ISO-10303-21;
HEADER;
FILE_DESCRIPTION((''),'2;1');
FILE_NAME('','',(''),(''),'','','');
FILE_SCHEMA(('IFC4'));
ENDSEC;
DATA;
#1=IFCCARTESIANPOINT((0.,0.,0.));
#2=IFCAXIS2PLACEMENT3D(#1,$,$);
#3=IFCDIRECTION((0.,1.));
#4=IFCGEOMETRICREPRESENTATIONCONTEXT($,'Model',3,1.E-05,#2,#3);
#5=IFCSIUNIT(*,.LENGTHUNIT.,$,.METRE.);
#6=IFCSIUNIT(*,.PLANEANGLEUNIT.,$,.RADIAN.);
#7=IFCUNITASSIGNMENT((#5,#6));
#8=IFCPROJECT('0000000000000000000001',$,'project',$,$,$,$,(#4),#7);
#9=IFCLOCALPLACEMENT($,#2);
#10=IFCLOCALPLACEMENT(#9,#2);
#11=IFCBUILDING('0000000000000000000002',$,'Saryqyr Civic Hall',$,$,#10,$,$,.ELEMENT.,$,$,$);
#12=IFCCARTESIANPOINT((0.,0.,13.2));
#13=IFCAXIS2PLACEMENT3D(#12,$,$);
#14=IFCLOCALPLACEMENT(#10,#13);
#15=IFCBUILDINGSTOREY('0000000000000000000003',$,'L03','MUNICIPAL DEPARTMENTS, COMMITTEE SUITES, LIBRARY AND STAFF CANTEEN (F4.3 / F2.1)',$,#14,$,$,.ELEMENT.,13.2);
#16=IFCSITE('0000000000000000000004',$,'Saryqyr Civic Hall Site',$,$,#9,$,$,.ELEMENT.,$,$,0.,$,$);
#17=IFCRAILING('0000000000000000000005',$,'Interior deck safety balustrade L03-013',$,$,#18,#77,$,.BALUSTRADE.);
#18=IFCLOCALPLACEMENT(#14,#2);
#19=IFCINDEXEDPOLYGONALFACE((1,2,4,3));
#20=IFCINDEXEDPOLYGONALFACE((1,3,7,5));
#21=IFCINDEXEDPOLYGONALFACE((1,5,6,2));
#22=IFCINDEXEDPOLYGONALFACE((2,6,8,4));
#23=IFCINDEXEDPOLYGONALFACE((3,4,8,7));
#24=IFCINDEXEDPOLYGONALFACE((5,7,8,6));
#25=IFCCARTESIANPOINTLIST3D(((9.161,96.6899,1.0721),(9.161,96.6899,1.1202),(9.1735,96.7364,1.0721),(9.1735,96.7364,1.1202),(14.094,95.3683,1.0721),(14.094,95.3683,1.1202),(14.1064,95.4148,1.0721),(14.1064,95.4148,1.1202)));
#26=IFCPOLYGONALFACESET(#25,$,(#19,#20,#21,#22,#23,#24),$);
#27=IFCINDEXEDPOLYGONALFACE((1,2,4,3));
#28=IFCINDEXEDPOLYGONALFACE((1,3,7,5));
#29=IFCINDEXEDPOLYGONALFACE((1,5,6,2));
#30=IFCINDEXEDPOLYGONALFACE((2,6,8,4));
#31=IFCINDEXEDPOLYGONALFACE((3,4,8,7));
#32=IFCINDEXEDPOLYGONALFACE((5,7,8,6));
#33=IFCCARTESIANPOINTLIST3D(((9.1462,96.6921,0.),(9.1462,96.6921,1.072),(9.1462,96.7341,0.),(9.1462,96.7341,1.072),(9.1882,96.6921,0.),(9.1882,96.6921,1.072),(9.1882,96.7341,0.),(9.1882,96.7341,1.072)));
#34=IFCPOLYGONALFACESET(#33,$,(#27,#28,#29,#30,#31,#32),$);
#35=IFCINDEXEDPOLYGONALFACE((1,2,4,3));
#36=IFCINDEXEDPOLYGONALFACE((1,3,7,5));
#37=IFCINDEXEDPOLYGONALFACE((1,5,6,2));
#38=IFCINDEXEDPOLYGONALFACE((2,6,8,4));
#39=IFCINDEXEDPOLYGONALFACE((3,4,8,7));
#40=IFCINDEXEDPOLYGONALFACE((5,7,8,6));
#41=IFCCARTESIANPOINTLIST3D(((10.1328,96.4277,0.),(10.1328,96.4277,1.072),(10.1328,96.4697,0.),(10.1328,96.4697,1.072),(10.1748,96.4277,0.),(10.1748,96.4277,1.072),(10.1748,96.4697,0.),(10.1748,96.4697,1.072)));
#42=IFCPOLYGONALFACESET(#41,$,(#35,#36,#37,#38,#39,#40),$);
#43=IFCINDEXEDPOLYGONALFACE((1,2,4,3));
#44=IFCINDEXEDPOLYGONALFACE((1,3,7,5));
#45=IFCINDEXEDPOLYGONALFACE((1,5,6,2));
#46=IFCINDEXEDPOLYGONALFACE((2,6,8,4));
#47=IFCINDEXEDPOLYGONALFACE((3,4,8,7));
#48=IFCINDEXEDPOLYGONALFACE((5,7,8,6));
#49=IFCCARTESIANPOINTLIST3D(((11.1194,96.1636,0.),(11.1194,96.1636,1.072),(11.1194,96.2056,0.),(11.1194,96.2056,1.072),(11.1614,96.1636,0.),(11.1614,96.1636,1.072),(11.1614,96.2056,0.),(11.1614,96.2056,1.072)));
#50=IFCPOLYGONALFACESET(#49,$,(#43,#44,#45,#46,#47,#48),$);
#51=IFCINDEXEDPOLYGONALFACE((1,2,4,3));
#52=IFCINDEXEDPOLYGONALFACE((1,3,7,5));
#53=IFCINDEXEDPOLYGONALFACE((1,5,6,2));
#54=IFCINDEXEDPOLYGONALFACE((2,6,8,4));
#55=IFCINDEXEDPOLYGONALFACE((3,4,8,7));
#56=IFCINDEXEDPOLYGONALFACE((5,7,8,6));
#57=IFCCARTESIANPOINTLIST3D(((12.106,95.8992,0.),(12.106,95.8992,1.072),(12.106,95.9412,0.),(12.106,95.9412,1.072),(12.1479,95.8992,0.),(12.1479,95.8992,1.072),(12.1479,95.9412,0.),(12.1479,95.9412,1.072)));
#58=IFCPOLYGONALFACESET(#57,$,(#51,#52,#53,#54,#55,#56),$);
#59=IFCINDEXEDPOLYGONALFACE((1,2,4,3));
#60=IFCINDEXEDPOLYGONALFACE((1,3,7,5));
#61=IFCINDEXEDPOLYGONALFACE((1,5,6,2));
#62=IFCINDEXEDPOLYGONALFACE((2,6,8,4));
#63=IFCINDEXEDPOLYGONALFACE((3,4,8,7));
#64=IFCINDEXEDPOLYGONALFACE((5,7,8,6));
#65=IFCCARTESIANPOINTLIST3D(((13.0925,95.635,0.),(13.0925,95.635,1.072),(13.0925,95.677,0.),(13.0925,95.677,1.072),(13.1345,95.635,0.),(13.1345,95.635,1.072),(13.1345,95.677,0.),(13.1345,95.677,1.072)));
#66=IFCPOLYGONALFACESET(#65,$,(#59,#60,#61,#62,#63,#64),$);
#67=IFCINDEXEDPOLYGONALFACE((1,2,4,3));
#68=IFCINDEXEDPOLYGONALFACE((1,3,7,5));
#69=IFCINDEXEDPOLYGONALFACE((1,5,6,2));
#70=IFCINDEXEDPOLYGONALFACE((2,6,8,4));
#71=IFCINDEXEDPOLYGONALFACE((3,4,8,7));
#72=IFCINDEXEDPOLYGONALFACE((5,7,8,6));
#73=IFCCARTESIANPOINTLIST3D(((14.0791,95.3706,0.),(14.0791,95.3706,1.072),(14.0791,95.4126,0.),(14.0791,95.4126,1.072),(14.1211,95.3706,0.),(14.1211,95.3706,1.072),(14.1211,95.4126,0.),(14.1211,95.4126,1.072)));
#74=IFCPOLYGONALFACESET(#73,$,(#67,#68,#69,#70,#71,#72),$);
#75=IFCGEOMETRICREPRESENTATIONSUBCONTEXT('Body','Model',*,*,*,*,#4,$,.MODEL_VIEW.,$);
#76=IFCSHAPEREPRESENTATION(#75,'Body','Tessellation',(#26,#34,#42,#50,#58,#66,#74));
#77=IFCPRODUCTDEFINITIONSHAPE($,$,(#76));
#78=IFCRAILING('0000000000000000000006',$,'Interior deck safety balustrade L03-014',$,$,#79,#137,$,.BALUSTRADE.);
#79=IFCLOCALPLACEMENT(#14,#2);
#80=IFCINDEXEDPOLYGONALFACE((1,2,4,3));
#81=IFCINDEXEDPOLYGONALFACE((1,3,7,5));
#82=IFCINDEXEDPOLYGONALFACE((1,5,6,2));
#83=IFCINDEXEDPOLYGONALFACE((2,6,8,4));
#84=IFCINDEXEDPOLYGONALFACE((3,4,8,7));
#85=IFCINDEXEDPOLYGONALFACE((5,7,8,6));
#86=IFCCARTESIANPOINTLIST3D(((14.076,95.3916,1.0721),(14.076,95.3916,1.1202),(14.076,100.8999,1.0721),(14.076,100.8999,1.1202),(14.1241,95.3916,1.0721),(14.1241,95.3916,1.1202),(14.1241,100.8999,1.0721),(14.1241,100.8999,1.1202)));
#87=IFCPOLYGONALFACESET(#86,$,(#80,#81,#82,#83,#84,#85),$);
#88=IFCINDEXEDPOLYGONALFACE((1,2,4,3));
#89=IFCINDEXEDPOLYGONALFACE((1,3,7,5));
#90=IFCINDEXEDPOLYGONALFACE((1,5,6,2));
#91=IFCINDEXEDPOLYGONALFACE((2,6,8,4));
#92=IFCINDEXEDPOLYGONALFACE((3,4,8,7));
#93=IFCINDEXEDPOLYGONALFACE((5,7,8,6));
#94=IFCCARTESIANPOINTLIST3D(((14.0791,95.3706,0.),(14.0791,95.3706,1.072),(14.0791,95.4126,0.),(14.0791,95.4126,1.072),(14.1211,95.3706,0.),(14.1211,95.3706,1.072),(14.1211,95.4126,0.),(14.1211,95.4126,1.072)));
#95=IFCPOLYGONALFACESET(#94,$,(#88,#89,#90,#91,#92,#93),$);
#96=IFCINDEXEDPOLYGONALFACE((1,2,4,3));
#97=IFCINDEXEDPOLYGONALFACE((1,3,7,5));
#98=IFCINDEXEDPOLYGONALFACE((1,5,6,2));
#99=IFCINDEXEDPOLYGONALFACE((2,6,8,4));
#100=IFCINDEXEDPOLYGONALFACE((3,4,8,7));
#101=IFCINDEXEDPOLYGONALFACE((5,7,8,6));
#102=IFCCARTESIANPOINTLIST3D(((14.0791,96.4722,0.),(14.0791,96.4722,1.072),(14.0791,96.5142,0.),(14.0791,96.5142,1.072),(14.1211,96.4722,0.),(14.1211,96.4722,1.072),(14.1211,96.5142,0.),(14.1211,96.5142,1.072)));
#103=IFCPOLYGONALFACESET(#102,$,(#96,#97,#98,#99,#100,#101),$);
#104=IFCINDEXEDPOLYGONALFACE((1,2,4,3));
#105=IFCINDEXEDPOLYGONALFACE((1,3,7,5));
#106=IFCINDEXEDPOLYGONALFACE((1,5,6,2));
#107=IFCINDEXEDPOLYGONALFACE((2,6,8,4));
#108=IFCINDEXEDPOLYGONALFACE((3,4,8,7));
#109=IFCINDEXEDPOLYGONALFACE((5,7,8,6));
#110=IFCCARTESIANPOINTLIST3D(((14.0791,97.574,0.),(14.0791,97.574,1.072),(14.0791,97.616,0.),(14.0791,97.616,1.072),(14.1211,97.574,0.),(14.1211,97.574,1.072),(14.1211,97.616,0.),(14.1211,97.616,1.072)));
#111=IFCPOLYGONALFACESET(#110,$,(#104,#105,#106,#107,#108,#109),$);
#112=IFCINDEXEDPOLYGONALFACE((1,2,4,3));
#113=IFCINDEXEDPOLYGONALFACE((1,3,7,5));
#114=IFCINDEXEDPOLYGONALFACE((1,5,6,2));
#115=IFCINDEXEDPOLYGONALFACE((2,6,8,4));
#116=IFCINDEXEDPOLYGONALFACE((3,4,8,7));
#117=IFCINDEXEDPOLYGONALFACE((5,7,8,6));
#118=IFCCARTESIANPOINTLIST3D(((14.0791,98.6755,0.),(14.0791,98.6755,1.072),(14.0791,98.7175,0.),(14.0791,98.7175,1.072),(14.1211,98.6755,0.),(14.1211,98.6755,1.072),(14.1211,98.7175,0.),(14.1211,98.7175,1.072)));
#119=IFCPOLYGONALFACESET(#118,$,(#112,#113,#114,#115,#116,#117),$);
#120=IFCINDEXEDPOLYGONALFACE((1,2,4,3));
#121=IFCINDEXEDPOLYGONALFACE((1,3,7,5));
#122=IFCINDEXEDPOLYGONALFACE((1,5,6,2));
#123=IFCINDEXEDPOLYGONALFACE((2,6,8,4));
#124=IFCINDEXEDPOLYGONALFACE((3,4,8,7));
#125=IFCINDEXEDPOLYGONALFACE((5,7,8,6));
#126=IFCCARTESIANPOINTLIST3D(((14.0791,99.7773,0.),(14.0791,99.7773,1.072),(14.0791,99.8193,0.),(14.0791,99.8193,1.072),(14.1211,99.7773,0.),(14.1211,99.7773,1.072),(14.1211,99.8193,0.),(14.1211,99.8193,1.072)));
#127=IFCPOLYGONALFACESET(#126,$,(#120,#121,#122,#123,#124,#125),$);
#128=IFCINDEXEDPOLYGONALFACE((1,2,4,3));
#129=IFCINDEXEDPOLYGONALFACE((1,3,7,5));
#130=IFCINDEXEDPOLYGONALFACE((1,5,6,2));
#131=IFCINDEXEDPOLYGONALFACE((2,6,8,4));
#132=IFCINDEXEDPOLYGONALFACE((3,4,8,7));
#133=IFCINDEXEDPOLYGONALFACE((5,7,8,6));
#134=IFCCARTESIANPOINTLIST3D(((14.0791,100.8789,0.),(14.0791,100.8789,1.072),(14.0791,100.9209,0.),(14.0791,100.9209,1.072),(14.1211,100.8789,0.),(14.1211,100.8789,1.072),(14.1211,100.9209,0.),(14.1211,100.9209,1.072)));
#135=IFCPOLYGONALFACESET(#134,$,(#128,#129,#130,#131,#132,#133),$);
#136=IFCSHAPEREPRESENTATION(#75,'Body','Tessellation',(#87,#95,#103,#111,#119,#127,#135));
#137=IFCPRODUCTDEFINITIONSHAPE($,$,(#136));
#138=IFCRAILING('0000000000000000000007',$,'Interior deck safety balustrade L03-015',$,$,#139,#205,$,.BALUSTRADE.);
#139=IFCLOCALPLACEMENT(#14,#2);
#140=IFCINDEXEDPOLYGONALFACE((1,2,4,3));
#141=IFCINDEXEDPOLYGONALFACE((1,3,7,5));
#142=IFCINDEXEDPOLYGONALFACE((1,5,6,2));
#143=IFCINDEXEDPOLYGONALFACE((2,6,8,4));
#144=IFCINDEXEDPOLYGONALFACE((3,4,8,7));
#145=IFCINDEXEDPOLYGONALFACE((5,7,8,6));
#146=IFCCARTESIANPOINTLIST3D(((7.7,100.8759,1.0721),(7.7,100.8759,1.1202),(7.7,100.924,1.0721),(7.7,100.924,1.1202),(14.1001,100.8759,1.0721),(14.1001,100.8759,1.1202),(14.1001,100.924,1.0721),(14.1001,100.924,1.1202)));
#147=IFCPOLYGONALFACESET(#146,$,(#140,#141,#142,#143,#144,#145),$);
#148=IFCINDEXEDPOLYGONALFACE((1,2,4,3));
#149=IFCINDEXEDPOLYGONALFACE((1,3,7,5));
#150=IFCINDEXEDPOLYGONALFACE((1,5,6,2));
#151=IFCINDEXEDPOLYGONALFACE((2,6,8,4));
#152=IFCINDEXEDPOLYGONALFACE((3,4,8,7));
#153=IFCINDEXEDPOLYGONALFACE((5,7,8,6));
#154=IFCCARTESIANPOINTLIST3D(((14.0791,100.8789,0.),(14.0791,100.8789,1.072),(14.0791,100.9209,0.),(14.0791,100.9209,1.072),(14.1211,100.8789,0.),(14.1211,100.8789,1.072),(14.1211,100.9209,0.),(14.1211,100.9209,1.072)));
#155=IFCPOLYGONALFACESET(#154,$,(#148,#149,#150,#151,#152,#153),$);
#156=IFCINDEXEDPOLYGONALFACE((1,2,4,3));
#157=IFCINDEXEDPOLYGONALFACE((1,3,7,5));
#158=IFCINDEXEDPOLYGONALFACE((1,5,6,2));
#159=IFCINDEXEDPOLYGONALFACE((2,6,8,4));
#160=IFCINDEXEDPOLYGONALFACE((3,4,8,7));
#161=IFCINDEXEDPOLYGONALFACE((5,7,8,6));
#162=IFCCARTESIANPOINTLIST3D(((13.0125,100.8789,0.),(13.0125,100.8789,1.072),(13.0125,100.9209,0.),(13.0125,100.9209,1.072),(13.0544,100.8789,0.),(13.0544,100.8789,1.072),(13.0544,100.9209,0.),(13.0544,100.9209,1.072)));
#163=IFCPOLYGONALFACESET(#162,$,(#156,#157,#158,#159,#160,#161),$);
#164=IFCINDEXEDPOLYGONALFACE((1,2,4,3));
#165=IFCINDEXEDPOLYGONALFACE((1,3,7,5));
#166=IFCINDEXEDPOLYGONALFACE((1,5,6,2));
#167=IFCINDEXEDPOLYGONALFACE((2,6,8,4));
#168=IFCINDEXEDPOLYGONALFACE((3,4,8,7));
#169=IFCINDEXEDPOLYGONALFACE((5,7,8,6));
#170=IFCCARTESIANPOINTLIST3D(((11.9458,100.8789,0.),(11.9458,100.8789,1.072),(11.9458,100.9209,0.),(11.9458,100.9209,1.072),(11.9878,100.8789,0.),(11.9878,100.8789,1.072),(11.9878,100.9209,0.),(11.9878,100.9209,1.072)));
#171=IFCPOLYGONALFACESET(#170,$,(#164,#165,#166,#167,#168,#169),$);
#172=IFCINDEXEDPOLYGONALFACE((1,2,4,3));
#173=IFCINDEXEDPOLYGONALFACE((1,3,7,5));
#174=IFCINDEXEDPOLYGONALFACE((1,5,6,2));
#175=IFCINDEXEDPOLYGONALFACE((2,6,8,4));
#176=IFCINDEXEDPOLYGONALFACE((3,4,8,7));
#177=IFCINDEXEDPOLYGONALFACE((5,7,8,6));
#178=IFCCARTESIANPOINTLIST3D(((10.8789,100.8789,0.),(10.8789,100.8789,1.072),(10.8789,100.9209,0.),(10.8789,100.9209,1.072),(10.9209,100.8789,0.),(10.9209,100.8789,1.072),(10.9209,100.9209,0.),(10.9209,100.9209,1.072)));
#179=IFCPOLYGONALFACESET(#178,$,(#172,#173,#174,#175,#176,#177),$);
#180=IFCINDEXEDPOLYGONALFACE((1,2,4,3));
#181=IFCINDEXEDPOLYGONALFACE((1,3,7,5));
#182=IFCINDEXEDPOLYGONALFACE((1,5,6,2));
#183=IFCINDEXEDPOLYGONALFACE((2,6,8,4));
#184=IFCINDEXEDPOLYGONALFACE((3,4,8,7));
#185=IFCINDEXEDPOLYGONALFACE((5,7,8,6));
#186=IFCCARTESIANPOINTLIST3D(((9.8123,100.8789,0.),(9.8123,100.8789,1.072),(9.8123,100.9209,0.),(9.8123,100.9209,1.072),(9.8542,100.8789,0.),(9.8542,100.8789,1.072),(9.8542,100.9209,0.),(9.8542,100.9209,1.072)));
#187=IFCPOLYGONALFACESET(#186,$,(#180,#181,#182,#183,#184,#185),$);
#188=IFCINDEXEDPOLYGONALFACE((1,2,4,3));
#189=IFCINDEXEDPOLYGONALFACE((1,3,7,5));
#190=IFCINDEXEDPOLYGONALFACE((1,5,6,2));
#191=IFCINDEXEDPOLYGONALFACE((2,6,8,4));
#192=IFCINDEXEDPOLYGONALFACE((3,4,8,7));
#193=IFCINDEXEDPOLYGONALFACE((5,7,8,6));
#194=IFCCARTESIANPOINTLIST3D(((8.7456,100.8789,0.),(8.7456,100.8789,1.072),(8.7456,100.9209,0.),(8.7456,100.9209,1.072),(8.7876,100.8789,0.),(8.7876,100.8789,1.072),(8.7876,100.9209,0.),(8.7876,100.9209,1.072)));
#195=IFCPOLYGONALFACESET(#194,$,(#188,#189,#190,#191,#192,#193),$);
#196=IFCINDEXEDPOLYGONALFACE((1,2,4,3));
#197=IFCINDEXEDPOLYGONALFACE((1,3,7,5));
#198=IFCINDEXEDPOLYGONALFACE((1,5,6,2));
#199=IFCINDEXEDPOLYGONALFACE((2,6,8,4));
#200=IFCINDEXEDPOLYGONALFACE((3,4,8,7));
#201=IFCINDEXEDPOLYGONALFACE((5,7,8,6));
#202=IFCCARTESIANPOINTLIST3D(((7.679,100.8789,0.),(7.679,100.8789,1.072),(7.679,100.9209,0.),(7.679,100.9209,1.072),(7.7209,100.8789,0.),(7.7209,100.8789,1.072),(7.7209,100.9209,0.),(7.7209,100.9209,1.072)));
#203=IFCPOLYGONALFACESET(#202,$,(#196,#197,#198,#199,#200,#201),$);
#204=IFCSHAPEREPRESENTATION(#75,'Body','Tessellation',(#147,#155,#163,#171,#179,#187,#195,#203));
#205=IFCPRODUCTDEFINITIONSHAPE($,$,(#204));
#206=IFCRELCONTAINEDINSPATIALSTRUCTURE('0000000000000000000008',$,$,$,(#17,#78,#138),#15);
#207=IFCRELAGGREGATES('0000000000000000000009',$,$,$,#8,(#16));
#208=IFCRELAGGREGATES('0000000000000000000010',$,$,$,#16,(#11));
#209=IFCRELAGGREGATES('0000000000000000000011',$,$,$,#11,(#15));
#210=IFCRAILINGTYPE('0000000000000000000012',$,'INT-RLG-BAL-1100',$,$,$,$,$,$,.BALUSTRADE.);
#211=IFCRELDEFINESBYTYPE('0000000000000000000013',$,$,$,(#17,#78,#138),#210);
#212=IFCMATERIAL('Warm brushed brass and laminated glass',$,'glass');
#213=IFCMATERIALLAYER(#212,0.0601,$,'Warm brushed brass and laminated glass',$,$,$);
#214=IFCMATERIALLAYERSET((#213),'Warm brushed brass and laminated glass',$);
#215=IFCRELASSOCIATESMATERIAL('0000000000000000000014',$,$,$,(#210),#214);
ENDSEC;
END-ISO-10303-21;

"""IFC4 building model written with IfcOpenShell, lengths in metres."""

from ifc_helpers import new_model, si_unit, direction, frame, origin, origin_2d, place, context, subcontext, project, spatial, rectangle, extrude, material, layer, layer_set, type_object, element, save


model = new_model("IFC4")

# Units and contexts
model_context = context("Model", 3, precision=1e-05, world=origin(), true_north=direction((0.0, 1.0)))
body_context = subcontext(model_context, "Body", "Model", "MODEL_VIEW")
ifc_project = project(units=[si_unit("LENGTHUNIT", "METRE"), si_unit("PLANEANGLEUNIT", "RADIAN")], contexts=[model_context])

# Site, building, storey
site_placement = place(None, origin())
site = spatial("IfcSite", under=ifc_project, at=site_placement, Name="Saryqyr Civic Hall Site", CompositionType="ELEMENT", RefElevation=0.0)
building_placement = place(site_placement, origin())
building = spatial("IfcBuilding", under=site, at=building_placement, Name="Saryqyr Civic Hall", CompositionType="ELEMENT")
storey_placement = place(building_placement, frame((0.0, 0.0, 13.2)))
storey = spatial("IfcBuildingStorey", under=building, at=storey_placement, Name="L03", Description="MUNICIPAL DEPARTMENTS, COMMITTEE SUITES, LIBRARY AND STAFF CANTEEN (F4.3 / F2.1)", CompositionType="ELEMENT", Elevation=13.2)

# Railings
ifc_material_1 = material(Name="Warm brushed brass and laminated glass", Category="glass")
ifc_layer_1 = layer(ifc_material_1, 0.0601, Name="Warm brushed brass and laminated glass")
ifc_layer_set_1 = layer_set([ifc_layer_1], Name="Warm brushed brass and laminated glass")
railing_type = type_object("IfcRailingType", Name="INT-RLG-BAL-1100", PredefinedType="BALUSTRADE", material=ifc_layer_set_1)
railing_1_placement = place(storey_placement, frame((9.1672, 96.7131, 0.0)))
element("IfcRailing", 1, at=railing_1_placement, inside=storey, type_object=railing_type, Name="Interior deck safety balustrade L03-013", PredefinedType="BALUSTRADE", context=body_context, shape_type="SweptSolid", body=[
    extrude(rectangle(XDim=0.0481, YDim=0.0481, at=origin_2d()), frame((0.0, 0.0, 1.0962), z_axis=(0.965937, -0.258778, 0.0), x_axis=(0.258778, 0.965937, 0.0)), (0.0, 0.0, 1.0), 5.1069),
    extrude(rectangle(XDim=0.042, YDim=0.042, at=origin_2d()), origin(), (0.0, 0.0, 1.0), 1.072),
    extrude(rectangle(XDim=0.042, YDim=0.042, at=origin_2d()), frame((0.9866, -0.2644, 0.0)), (0.0, 0.0, 1.0), 1.072),
    extrude(rectangle(XDim=0.042, YDim=0.042, at=origin_2d()), frame((1.9731, -0.5286, 0.0)), (0.0, 0.0, 1.0), 1.072),
    extrude(rectangle(XDim=0.042, YDim=0.042, at=origin_2d()), frame((2.9597, -0.793, 0.0)), (0.0, 0.0, 1.0), 1.072),
    extrude(rectangle(XDim=0.042, YDim=0.042, at=origin_2d()), frame((3.9463, -1.0571, 0.0)), (0.0, 0.0, 1.0), 1.072),
    extrude(rectangle(XDim=0.042, YDim=0.042, at=origin_2d()), frame((4.9329, -1.3215, 0.0)), (0.0, 0.0, 1.0), 1.072),
])
railing_2_placement = place(storey_placement, frame((14.1001, 95.3916, 0.0)))
element("IfcRailing", 2, at=railing_2_placement, inside=storey, type_object=railing_type, Name="Interior deck safety balustrade L03-014", PredefinedType="BALUSTRADE", context=body_context, shape_type="SweptSolid", body=[
    extrude(rectangle(XDim=0.0481, YDim=0.0481, at=origin_2d()), frame((0.0, 0.0, 1.0962), z_axis=(0.0, 1.0, 0.0), x_axis=(-1.0, 0.0, 0.0)), (0.0, 0.0, 1.0), 5.5083),
    extrude(rectangle(XDim=0.042, YDim=0.042, at=origin_2d()), origin(), (0.0, 0.0, 1.0), 1.072),
    extrude(rectangle(XDim=0.042, YDim=0.042, at=origin_2d()), frame((0.0, 1.1016, 0.0)), (0.0, 0.0, 1.0), 1.072),
    extrude(rectangle(XDim=0.042, YDim=0.042, at=origin_2d()), frame((0.0, 2.2034, 0.0)), (0.0, 0.0, 1.0), 1.072),
    extrude(rectangle(XDim=0.042, YDim=0.042, at=origin_2d()), frame((0.0, 3.3049, 0.0)), (0.0, 0.0, 1.0), 1.072),
    extrude(rectangle(XDim=0.042, YDim=0.042, at=origin_2d()), frame((0.0, 4.4067, 0.0)), (0.0, 0.0, 1.0), 1.072),
    extrude(rectangle(XDim=0.042, YDim=0.042, at=origin_2d()), frame((0.0, 5.5083, 0.0)), (0.0, 0.0, 1.0), 1.072),
])
railing_3_placement = place(storey_placement, frame((14.1001, 100.8999, 0.0)))
element("IfcRailing", 3, at=railing_3_placement, inside=storey, type_object=railing_type, Name="Interior deck safety balustrade L03-015", PredefinedType="BALUSTRADE", context=body_context, shape_type="SweptSolid", body=[
    extrude(rectangle(XDim=0.0481, YDim=0.0481, at=origin_2d()), frame((0.0, 0.0, 1.0962), z_axis=(-1.0, 0.0, 0.0), x_axis=(0.0, -1.0, 0.0)), (0.0, 0.0, 1.0), 6.4001),
    extrude(rectangle(XDim=0.042, YDim=0.042, at=origin_2d()), origin(), (0.0, 0.0, 1.0), 1.072),
    extrude(rectangle(XDim=0.042, YDim=0.042, at=origin_2d()), frame((-1.0667, 0.0, 0.0)), (0.0, 0.0, 1.0), 1.072),
    extrude(rectangle(XDim=0.042, YDim=0.042, at=origin_2d()), frame((-2.1333, 0.0, 0.0)), (0.0, 0.0, 1.0), 1.072),
    extrude(rectangle(XDim=0.042, YDim=0.042, at=origin_2d()), frame((-3.2002, 0.0, 0.0)), (0.0, 0.0, 1.0), 1.072),
    extrude(rectangle(XDim=0.042, YDim=0.042, at=origin_2d()), frame((-4.2668, 0.0, 0.0)), (0.0, 0.0, 1.0), 1.072),
    extrude(rectangle(XDim=0.042, YDim=0.042, at=origin_2d()), frame((-5.3335, 0.0, 0.0)), (0.0, 0.0, 1.0), 1.072),
    extrude(rectangle(XDim=0.042, YDim=0.042, at=origin_2d()), frame((-6.4001, 0.0, 0.0)), (0.0, 0.0, 1.0), 1.072),
])

save(model, "model.ifc")
